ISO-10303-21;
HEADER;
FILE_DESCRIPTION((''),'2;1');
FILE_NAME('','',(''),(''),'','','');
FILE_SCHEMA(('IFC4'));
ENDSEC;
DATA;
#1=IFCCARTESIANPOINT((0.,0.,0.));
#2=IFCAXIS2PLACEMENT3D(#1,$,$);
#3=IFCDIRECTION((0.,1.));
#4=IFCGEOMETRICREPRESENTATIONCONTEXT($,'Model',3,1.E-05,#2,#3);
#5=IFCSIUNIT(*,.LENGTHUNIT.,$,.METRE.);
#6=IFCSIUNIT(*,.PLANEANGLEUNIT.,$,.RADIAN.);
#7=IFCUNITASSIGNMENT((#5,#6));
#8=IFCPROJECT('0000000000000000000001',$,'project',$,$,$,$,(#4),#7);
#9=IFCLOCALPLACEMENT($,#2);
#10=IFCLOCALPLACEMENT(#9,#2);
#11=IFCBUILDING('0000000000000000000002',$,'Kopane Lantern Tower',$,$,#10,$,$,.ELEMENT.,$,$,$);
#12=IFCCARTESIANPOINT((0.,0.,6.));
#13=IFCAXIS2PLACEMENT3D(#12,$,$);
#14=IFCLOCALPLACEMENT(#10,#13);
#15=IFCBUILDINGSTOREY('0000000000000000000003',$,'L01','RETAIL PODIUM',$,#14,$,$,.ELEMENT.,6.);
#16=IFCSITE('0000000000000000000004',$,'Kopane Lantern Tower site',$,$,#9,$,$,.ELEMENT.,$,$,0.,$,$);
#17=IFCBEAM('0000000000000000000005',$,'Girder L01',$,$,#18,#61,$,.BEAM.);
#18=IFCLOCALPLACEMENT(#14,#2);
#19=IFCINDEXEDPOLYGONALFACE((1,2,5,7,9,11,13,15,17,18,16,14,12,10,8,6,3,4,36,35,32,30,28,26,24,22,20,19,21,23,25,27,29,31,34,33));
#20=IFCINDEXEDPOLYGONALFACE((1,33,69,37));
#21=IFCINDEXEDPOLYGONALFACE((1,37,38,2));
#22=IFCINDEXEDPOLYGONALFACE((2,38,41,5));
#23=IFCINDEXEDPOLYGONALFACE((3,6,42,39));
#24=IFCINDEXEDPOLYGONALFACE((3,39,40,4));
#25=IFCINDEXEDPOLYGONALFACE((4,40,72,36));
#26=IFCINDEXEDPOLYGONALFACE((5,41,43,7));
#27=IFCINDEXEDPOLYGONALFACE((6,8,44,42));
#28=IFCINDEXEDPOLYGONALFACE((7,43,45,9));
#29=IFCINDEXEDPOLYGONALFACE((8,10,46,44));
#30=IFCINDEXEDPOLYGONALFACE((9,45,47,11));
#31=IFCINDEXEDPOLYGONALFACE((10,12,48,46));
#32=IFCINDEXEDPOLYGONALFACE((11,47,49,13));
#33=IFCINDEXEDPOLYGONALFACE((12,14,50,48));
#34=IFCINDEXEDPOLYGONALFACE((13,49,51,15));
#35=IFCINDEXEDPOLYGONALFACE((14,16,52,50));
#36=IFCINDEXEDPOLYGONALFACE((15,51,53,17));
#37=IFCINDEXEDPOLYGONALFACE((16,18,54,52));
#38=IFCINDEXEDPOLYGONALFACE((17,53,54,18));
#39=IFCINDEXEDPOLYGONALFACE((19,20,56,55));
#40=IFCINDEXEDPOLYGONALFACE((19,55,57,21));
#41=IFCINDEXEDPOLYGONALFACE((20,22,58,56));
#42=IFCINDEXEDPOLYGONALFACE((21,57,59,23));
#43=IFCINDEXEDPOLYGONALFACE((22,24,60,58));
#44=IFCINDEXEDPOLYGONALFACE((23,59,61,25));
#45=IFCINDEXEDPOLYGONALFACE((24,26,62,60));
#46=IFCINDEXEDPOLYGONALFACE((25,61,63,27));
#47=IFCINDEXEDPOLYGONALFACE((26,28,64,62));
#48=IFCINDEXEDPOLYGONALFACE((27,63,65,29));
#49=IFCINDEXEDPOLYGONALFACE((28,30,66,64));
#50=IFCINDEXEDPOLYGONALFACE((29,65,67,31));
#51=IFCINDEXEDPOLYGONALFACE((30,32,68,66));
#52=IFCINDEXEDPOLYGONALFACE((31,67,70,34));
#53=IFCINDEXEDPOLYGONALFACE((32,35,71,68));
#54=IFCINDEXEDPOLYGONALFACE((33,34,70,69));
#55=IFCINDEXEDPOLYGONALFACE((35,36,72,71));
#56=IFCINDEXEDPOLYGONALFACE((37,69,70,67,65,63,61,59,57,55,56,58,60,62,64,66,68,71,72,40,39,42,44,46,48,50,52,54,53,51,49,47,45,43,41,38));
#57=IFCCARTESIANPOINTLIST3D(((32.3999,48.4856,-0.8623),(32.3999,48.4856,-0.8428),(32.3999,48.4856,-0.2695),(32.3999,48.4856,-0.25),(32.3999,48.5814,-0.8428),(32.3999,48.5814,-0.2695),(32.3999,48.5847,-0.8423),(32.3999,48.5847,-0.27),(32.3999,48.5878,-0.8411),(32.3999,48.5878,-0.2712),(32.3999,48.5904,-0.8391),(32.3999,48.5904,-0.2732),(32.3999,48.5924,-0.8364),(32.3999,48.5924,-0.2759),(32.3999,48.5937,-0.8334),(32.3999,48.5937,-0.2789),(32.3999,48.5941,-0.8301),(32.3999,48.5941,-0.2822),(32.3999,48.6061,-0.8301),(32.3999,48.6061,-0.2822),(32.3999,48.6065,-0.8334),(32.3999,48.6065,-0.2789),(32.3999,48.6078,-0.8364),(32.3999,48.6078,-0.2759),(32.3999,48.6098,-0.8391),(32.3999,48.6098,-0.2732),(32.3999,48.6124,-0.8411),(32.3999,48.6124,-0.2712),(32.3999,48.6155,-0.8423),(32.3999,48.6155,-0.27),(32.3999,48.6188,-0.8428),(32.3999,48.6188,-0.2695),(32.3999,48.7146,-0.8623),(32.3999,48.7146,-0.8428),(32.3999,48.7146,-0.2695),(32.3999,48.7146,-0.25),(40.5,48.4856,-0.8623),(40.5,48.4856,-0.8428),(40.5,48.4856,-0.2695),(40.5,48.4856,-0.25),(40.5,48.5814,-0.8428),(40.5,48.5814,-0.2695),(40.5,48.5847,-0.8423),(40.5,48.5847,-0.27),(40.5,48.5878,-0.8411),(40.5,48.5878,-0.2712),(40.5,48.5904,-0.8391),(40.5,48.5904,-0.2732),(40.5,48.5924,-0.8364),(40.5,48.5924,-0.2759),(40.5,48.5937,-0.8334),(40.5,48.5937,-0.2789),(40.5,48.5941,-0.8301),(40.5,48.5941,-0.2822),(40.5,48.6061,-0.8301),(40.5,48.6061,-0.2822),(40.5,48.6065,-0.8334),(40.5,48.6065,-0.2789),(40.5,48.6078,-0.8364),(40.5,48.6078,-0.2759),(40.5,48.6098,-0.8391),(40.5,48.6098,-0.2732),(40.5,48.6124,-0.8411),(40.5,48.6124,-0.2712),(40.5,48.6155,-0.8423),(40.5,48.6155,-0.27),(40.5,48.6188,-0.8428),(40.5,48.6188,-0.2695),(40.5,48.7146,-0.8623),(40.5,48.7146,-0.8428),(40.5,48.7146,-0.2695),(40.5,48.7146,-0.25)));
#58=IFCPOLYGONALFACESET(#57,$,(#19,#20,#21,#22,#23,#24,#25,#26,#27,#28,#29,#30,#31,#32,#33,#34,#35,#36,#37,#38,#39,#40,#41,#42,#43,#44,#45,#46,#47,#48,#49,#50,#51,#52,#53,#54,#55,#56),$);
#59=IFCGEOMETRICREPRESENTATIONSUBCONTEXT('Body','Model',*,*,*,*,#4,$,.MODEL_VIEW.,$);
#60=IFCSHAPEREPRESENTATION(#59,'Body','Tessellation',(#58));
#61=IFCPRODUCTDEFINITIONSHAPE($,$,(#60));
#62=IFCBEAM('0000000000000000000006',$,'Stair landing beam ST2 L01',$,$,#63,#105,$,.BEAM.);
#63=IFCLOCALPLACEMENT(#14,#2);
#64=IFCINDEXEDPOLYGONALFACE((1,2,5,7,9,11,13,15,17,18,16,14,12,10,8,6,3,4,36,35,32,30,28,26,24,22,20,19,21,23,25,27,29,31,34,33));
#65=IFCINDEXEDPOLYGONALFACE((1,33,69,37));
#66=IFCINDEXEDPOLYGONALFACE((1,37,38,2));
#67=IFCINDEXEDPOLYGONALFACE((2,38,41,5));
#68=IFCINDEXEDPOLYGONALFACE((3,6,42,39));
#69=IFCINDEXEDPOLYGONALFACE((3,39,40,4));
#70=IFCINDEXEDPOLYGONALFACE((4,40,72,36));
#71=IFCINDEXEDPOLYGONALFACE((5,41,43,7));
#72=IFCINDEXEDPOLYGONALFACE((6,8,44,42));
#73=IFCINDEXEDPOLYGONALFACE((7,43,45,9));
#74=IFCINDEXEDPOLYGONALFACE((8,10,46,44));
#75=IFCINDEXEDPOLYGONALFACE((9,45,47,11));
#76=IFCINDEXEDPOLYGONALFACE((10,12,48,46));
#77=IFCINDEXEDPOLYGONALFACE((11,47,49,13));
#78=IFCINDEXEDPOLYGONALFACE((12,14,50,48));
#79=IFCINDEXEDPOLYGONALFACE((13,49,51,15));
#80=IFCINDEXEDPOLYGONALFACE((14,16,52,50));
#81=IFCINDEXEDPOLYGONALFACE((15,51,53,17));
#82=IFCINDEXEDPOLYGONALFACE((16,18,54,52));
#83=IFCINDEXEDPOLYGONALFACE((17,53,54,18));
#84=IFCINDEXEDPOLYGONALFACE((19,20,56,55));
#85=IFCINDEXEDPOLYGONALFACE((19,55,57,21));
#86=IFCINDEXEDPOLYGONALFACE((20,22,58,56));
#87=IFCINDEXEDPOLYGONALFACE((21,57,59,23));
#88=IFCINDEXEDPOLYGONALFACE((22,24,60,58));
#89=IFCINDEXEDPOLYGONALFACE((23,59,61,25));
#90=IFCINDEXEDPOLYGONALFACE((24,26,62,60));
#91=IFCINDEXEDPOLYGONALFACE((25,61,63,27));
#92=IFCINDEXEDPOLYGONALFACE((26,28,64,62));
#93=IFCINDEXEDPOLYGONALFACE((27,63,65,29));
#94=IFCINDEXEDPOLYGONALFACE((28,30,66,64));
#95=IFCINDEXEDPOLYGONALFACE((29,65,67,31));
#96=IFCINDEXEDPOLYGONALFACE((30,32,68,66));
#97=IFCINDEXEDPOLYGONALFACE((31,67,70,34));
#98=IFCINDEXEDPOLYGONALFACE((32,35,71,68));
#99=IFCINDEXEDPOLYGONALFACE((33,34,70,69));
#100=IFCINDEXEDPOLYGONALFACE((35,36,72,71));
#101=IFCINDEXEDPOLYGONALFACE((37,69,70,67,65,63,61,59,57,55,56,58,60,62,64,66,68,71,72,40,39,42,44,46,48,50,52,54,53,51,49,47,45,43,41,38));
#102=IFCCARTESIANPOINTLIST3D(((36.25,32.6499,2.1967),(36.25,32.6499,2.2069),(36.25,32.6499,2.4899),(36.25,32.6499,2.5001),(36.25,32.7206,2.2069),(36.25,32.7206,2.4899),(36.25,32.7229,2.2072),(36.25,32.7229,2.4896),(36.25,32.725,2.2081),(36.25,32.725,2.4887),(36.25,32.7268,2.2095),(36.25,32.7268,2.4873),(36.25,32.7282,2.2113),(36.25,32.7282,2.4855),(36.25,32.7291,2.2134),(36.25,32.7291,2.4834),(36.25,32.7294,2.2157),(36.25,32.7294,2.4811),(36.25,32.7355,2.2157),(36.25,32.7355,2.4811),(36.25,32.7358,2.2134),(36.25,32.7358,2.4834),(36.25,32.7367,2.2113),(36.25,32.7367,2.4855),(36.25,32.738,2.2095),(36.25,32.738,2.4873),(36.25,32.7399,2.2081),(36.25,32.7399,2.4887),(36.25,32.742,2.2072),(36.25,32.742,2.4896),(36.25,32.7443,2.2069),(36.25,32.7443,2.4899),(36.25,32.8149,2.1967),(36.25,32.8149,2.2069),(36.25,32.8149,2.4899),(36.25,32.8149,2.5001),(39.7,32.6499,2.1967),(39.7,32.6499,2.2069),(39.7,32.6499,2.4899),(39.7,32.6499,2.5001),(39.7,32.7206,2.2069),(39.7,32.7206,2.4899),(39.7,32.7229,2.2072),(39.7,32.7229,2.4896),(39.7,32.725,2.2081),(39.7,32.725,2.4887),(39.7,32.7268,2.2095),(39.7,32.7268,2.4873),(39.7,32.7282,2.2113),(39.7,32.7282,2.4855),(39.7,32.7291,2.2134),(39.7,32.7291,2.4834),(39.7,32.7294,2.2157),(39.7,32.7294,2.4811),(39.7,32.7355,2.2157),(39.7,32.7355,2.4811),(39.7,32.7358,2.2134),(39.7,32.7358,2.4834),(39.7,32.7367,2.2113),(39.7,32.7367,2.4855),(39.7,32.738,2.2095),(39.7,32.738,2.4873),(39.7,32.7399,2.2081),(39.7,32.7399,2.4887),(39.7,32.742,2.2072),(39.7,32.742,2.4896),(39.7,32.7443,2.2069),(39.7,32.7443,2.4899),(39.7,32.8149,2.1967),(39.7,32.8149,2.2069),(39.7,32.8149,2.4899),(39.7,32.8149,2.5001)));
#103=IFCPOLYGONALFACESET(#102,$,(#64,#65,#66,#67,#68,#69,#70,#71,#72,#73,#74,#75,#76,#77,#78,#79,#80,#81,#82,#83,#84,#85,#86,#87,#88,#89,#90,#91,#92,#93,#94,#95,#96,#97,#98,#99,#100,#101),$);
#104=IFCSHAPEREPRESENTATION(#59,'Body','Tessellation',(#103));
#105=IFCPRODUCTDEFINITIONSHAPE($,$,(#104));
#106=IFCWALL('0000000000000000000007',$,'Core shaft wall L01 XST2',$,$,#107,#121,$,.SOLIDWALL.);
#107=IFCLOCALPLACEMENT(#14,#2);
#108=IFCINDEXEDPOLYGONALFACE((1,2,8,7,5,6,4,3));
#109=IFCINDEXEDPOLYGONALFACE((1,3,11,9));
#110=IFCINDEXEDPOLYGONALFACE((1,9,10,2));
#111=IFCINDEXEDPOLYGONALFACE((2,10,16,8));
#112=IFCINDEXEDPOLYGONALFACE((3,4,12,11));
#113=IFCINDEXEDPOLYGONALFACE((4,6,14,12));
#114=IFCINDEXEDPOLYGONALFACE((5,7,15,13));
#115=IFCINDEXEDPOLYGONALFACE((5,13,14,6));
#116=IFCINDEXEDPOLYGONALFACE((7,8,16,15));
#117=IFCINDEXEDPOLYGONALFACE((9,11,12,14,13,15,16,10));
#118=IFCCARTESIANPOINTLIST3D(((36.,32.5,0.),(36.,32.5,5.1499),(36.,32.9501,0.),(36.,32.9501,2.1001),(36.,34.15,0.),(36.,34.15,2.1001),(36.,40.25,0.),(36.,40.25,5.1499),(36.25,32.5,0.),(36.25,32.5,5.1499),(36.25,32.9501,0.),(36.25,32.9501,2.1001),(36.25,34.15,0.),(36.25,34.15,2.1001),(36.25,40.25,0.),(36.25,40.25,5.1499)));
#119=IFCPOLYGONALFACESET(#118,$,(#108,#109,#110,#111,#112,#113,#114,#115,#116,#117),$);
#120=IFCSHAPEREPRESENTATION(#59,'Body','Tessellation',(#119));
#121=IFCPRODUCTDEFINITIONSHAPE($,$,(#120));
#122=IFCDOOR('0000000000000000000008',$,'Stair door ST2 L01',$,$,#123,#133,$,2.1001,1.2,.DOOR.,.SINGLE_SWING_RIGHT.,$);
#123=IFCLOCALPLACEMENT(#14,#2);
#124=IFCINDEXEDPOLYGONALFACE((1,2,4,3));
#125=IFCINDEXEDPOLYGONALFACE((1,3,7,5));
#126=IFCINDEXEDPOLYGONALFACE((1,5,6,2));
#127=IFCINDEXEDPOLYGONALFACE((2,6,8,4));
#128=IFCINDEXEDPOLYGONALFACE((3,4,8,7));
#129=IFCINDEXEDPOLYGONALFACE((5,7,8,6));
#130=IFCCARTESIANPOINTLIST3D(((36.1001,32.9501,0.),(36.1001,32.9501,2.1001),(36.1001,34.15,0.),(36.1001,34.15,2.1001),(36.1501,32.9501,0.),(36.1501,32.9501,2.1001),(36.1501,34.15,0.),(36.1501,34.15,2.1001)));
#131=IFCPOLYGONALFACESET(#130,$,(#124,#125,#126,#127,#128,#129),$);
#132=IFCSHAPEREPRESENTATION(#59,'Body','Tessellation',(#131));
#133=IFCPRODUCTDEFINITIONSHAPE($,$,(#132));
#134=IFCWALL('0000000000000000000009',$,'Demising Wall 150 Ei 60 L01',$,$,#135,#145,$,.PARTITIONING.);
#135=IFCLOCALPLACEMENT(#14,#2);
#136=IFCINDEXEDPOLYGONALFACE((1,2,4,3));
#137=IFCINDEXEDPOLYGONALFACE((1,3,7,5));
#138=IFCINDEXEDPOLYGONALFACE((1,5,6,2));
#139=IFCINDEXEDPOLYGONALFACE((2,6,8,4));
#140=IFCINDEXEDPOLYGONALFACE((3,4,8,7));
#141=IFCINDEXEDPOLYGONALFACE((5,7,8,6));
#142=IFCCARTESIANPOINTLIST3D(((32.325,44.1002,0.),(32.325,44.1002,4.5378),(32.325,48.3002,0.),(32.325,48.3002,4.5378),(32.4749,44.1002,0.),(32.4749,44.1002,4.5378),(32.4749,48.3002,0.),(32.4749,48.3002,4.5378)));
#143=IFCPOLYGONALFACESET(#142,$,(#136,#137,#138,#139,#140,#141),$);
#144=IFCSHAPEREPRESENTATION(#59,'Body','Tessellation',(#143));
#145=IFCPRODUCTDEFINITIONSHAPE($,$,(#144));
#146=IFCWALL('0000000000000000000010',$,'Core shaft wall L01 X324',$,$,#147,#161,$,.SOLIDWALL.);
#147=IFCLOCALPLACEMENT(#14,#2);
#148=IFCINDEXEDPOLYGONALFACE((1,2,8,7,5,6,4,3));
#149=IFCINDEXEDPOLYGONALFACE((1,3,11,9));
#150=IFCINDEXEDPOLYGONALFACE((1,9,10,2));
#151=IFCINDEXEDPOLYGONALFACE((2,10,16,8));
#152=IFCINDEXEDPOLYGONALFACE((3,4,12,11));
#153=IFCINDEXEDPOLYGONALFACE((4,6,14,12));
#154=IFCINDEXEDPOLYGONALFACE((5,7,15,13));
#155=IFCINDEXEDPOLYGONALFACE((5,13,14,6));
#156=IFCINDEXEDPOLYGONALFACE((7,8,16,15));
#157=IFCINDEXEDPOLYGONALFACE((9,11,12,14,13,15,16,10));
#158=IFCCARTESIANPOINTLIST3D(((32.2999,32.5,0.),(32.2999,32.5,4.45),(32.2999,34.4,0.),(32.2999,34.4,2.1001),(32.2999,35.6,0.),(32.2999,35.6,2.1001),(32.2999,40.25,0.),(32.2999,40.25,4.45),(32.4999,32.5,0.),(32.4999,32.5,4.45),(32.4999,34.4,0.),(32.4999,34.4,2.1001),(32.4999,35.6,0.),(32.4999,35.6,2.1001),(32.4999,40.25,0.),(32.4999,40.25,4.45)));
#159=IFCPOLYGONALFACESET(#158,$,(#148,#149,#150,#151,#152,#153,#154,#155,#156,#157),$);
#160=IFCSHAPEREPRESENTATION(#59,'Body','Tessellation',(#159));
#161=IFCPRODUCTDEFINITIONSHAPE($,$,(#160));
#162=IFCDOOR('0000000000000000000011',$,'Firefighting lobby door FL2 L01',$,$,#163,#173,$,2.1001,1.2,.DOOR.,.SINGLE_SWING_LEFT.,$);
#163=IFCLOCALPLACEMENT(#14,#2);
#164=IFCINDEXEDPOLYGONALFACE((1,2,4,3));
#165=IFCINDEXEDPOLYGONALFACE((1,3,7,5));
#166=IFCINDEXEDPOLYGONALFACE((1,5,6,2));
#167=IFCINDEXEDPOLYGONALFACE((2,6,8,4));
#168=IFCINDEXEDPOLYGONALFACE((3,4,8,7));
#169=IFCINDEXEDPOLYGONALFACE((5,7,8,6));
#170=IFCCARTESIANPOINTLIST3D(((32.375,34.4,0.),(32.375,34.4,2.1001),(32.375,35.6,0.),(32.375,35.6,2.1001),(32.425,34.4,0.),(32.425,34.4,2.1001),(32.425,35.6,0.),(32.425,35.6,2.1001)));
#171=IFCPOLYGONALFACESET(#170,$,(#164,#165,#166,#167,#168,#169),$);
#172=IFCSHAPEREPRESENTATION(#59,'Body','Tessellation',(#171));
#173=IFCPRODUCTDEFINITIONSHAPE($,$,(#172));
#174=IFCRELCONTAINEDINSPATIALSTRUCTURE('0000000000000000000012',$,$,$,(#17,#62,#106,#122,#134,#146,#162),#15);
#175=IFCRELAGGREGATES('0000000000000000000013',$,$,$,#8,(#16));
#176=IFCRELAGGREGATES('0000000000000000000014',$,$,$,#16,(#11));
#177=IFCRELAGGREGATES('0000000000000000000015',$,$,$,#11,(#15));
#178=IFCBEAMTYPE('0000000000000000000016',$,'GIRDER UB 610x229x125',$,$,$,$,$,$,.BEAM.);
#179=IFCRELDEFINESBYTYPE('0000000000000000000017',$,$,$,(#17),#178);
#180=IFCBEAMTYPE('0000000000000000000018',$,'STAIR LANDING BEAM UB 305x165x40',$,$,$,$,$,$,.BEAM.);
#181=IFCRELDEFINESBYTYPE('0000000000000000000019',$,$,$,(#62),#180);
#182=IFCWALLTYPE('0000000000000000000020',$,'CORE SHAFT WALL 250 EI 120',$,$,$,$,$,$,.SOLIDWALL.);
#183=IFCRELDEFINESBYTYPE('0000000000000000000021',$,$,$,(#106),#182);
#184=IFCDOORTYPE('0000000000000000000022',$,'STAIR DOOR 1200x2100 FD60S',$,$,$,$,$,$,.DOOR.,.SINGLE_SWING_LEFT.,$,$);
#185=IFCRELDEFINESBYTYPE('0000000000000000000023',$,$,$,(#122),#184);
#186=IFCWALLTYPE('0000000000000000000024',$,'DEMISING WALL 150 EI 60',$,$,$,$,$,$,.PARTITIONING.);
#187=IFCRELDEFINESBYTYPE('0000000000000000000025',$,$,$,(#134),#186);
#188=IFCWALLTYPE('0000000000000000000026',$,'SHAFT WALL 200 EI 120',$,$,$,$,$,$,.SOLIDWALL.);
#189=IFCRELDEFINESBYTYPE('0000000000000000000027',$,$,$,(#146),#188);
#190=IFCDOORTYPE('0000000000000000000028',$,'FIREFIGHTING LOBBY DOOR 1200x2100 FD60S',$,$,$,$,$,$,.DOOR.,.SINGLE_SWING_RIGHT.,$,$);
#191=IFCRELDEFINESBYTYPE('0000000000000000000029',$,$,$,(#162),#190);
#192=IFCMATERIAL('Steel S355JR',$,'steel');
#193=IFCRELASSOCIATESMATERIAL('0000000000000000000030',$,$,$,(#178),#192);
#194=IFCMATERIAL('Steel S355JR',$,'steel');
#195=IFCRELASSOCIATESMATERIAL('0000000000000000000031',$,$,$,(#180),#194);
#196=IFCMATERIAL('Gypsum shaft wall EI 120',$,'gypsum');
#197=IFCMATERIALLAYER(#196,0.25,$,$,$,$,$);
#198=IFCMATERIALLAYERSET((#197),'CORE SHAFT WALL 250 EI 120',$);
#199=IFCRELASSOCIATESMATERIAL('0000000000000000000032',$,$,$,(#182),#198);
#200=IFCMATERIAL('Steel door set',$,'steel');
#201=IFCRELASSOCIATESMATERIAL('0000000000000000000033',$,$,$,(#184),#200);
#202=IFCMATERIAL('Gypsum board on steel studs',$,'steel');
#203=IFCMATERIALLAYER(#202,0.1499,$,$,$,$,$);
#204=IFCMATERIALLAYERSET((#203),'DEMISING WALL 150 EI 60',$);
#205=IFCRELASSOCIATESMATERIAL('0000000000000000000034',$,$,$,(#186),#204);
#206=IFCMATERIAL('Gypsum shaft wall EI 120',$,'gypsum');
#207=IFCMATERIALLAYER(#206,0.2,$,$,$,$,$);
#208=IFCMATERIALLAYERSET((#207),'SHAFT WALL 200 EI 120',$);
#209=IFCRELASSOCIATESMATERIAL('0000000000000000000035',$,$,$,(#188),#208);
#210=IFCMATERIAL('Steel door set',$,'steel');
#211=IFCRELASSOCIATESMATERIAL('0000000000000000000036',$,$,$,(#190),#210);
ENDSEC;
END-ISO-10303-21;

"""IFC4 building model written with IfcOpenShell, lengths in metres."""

from ifc_helpers import new_model, si_unit, direction, frame, frame_2d, origin, origin_2d, place, context, subcontext, project, spatial, rectangle, i_section, extrude, material, layer, layer_set, material_profile, profile_set, type_object, element, fill, save


model = new_model("IFC4")

# Units and contexts
model_context = context("Model", 3, precision=1e-05, world=origin(), true_north=direction((0.0, 1.0)))
body_context = subcontext(model_context, "Body", "Model", "MODEL_VIEW")
ifc_project = project(units=[si_unit("LENGTHUNIT", "METRE"), si_unit("PLANEANGLEUNIT", "RADIAN")], contexts=[model_context])

# Site, building, storey
site_placement = place(None, origin())
site = spatial("IfcSite", under=ifc_project, at=site_placement, Name="Kopane Lantern Tower site", CompositionType="ELEMENT", RefElevation=0.0)
building_placement = place(site_placement, origin())
building = spatial("IfcBuilding", under=site, at=building_placement, Name="Kopane Lantern Tower", CompositionType="ELEMENT")
storey_placement = place(building_placement, frame((0.0, 0.0, 6.0)))
storey = spatial("IfcBuildingStorey", under=building, at=storey_placement, Name="L01", Description="RETAIL PODIUM", CompositionType="ELEMENT", Elevation=6.0)

# Beams
ifc_material_1 = material(Name="Steel S355JR", Category="steel")
ifc_material_profile_1 = material_profile(ifc_material_1, i_section(OverallWidth=0.229, OverallDepth=0.6123, WebThickness=0.012, FlangeThickness=0.0195, FilletRadius=0.0127, at=origin_2d()), Name="UB 610x229x125")
ifc_profile_set_1 = profile_set([ifc_material_profile_1], Name="Steel S355JR")
beam_type_1 = type_object("IfcBeamType", Name="GIRDER UB 610x229x125", PredefinedType="BEAM", material=ifc_profile_set_1)
for number, where, z_axis, x_axis, name in (
    (1, (32.3999, 48.6001, -0.5562), (1.0, 0.0, 0.0), (0.0, 1.0, 0.0), "Girder L01"),
):
    element("IfcBeam", number, at=place(storey_placement, frame(where, z_axis=z_axis, x_axis=x_axis)), inside=storey, type_object=beam_type_1, Name=name, PredefinedType="BEAM", context=body_context, shape_type="SweptSolid", body=[
        extrude(i_section(OverallWidth=0.229, OverallDepth=0.6123, WebThickness=0.012, FlangeThickness=0.0195, FilletRadius=0.0127, at=origin_2d()), origin(), (0.0, 0.0, 1.0), 8.1001),
    ])
ifc_material_2 = material(Name="Steel S355JR", Category="steel")
ifc_material_profile_2 = material_profile(ifc_material_2, i_section(OverallWidth=0.165, OverallDepth=0.3035, WebThickness=0.0061, FlangeThickness=0.0103, FilletRadius=0.0088, at=origin_2d()), Name="UB 305x165x40")
ifc_profile_set_2 = profile_set([ifc_material_profile_2], Name="Steel S355JR")
beam_type_2 = type_object("IfcBeamType", Name="STAIR LANDING BEAM UB 305x165x40", PredefinedType="BEAM", material=ifc_profile_set_2)
beam_1_placement = place(storey_placement, frame((39.7, 32.7324, 2.3484), z_axis=(-1.0, 0.0, 0.0), x_axis=(0.0, -1.0, 0.0)))
element("IfcBeam", 2, at=beam_1_placement, inside=storey, type_object=beam_type_2, Name="Stair landing beam ST2 L01", PredefinedType="BEAM", context=body_context, shape_type="SweptSolid", body=[
    extrude(i_section(OverallWidth=0.165, OverallDepth=0.3035, WebThickness=0.0061, FlangeThickness=0.0103, FilletRadius=0.0088, at=origin_2d()), origin(), (0.0, 0.0, 1.0), 3.45),
])

# Wall, opening, door
ifc_material_3 = material(Name="Gypsum shaft wall EI 120", Category="gypsum")
ifc_layer_1 = layer(ifc_material_3, 0.25)
ifc_layer_set_1 = layer_set([ifc_layer_1], Name="CORE SHAFT WALL 250 EI 120")
wall_type_1 = type_object("IfcWallType", Name="CORE SHAFT WALL 250 EI 120", PredefinedType="SOLIDWALL", material=ifc_layer_set_1)
wall_1_placement = place(storey_placement, frame((36.125, 32.5, 0.0), z_axis=(0.0, 0.0, 1.0), x_axis=(0.0, 1.0, 0.0)))
wall_1 = element("IfcWall", 3, at=wall_1_placement, inside=storey, type_object=wall_type_1, Name="Core shaft wall L01 XST2", PredefinedType="SOLIDWALL", context=body_context, shape_type="SweptSolid", body=[
    extrude(rectangle(XDim=7.75, YDim=0.25, at=frame_2d((3.875, 0.0))), origin(), (0.0, 0.0, 1.0), 5.1499),
])
opening_1_placement = place(wall_1_placement, frame((0.45, 0.0, 0.0)))
opening_1 = element("IfcOpeningElement", 4, at=opening_1_placement, cuts=wall_1, PredefinedType="OPENING", context=body_context, shape_type="SweptSolid", body=[
    extrude(rectangle(XDim=1.2, YDim=2.1001, at=frame_2d((0.6001, 1.05))), frame((0.0, 0.135, 0.0), z_axis=(0.0, -1.0, 0.0), x_axis=(1.0, 0.0, 0.0)), (0.0, 0.0, 1.0), 0.27),
])
ifc_material_4 = material(Name="Steel door set", Category="steel")
door_type_1 = type_object("IfcDoorType", Name="STAIR DOOR 1200x2100 FD60S", OperationType="SINGLE_SWING_LEFT", PredefinedType="DOOR", material=ifc_material_4)
door_1_placement = place(opening_1_placement, origin())
door_1 = element("IfcDoor", 5, at=door_1_placement, inside=storey, type_object=door_type_1, Name="Stair door ST2 L01", OperationType="SINGLE_SWING_RIGHT", OverallHeight=2.1001, OverallWidth=1.2, PredefinedType="DOOR", context=body_context, shape_type="SweptSolid", body=[
    extrude(rectangle(XDim=1.2, YDim=2.1001, at=frame_2d((0.6001, 1.05))), frame((0.0, 0.0249, 0.0), z_axis=(0.0, -1.0, 0.0), x_axis=(1.0, 0.0, 0.0)), (0.0, 0.0, 1.0), 0.05),
])
fill(opening_1, door_1)

# Wall
ifc_material_5 = material(Name="Gypsum board on steel studs", Category="steel")
ifc_layer_2 = layer(ifc_material_5, 0.1499)
ifc_layer_set_2 = layer_set([ifc_layer_2], Name="DEMISING WALL 150 EI 60")
wall_type_2 = type_object("IfcWallType", Name="DEMISING WALL 150 EI 60", PredefinedType="PARTITIONING", material=ifc_layer_set_2)
wall_2_placement = place(storey_placement, frame((32.3999, 44.1001, 0.0), z_axis=(0.0, 0.0, 1.0), x_axis=(0.0, 1.0, 0.0)))
element("IfcWall", 6, at=wall_2_placement, inside=storey, type_object=wall_type_2, Name="Demising Wall 150 Ei 60 L01", PredefinedType="PARTITIONING", context=body_context, shape_type="SweptSolid", body=[
    extrude(rectangle(XDim=4.2, YDim=0.1499, at=frame_2d((2.1001, 0.0))), origin(), (0.0, 0.0, 1.0), 4.5378),
])

# Wall, opening, door
ifc_material_6 = material(Name="Gypsum shaft wall EI 120", Category="gypsum")
ifc_layer_3 = layer(ifc_material_6, 0.2)
ifc_layer_set_3 = layer_set([ifc_layer_3], Name="SHAFT WALL 200 EI 120")
wall_type_3 = type_object("IfcWallType", Name="SHAFT WALL 200 EI 120", PredefinedType="SOLIDWALL", material=ifc_layer_set_3)
wall_3_placement = place(storey_placement, frame((32.3999, 32.5, 0.0), z_axis=(0.0, 0.0, 1.0), x_axis=(0.0, 1.0, 0.0)))
wall_3 = element("IfcWall", 7, at=wall_3_placement, inside=storey, type_object=wall_type_3, Name="Core shaft wall L01 X324", PredefinedType="SOLIDWALL", context=body_context, shape_type="SweptSolid", body=[
    extrude(rectangle(XDim=7.75, YDim=0.2, at=frame_2d((3.875, 0.0))), origin(), (0.0, 0.0, 1.0), 4.45),
])
opening_2_placement = place(wall_3_placement, frame((1.8999, 0.0, 0.0)))
opening_2 = element("IfcOpeningElement", 8, at=opening_2_placement, cuts=wall_3, PredefinedType="OPENING", context=body_context, shape_type="SweptSolid", body=[
    extrude(rectangle(XDim=1.2, YDim=2.1001, at=frame_2d((0.6001, 1.05))), frame((0.0, 0.1099, 0.0), z_axis=(0.0, -1.0, 0.0), x_axis=(1.0, 0.0, 0.0)), (0.0, 0.0, 1.0), 0.22),
])
ifc_material_7 = material(Name="Steel door set", Category="steel")
door_type_2 = type_object("IfcDoorType", Name="FIREFIGHTING LOBBY DOOR 1200x2100 FD60S", OperationType="SINGLE_SWING_RIGHT", PredefinedType="DOOR", material=ifc_material_7)
door_2_placement = place(opening_2_placement, origin())
door_2 = element("IfcDoor", 9, at=door_2_placement, inside=storey, type_object=door_type_2, Name="Firefighting lobby door FL2 L01", OperationType="SINGLE_SWING_LEFT", OverallHeight=2.1001, OverallWidth=1.2, PredefinedType="DOOR", context=body_context, shape_type="SweptSolid", body=[
    extrude(rectangle(XDim=1.2, YDim=2.1001, at=frame_2d((0.6001, 1.05))), frame((0.0, 0.0249, 0.0), z_axis=(0.0, -1.0, 0.0), x_axis=(1.0, 0.0, 0.0)), (0.0, 0.0, 1.0), 0.05),
])
fill(opening_2, door_2)

save(model, "model.ifc")
